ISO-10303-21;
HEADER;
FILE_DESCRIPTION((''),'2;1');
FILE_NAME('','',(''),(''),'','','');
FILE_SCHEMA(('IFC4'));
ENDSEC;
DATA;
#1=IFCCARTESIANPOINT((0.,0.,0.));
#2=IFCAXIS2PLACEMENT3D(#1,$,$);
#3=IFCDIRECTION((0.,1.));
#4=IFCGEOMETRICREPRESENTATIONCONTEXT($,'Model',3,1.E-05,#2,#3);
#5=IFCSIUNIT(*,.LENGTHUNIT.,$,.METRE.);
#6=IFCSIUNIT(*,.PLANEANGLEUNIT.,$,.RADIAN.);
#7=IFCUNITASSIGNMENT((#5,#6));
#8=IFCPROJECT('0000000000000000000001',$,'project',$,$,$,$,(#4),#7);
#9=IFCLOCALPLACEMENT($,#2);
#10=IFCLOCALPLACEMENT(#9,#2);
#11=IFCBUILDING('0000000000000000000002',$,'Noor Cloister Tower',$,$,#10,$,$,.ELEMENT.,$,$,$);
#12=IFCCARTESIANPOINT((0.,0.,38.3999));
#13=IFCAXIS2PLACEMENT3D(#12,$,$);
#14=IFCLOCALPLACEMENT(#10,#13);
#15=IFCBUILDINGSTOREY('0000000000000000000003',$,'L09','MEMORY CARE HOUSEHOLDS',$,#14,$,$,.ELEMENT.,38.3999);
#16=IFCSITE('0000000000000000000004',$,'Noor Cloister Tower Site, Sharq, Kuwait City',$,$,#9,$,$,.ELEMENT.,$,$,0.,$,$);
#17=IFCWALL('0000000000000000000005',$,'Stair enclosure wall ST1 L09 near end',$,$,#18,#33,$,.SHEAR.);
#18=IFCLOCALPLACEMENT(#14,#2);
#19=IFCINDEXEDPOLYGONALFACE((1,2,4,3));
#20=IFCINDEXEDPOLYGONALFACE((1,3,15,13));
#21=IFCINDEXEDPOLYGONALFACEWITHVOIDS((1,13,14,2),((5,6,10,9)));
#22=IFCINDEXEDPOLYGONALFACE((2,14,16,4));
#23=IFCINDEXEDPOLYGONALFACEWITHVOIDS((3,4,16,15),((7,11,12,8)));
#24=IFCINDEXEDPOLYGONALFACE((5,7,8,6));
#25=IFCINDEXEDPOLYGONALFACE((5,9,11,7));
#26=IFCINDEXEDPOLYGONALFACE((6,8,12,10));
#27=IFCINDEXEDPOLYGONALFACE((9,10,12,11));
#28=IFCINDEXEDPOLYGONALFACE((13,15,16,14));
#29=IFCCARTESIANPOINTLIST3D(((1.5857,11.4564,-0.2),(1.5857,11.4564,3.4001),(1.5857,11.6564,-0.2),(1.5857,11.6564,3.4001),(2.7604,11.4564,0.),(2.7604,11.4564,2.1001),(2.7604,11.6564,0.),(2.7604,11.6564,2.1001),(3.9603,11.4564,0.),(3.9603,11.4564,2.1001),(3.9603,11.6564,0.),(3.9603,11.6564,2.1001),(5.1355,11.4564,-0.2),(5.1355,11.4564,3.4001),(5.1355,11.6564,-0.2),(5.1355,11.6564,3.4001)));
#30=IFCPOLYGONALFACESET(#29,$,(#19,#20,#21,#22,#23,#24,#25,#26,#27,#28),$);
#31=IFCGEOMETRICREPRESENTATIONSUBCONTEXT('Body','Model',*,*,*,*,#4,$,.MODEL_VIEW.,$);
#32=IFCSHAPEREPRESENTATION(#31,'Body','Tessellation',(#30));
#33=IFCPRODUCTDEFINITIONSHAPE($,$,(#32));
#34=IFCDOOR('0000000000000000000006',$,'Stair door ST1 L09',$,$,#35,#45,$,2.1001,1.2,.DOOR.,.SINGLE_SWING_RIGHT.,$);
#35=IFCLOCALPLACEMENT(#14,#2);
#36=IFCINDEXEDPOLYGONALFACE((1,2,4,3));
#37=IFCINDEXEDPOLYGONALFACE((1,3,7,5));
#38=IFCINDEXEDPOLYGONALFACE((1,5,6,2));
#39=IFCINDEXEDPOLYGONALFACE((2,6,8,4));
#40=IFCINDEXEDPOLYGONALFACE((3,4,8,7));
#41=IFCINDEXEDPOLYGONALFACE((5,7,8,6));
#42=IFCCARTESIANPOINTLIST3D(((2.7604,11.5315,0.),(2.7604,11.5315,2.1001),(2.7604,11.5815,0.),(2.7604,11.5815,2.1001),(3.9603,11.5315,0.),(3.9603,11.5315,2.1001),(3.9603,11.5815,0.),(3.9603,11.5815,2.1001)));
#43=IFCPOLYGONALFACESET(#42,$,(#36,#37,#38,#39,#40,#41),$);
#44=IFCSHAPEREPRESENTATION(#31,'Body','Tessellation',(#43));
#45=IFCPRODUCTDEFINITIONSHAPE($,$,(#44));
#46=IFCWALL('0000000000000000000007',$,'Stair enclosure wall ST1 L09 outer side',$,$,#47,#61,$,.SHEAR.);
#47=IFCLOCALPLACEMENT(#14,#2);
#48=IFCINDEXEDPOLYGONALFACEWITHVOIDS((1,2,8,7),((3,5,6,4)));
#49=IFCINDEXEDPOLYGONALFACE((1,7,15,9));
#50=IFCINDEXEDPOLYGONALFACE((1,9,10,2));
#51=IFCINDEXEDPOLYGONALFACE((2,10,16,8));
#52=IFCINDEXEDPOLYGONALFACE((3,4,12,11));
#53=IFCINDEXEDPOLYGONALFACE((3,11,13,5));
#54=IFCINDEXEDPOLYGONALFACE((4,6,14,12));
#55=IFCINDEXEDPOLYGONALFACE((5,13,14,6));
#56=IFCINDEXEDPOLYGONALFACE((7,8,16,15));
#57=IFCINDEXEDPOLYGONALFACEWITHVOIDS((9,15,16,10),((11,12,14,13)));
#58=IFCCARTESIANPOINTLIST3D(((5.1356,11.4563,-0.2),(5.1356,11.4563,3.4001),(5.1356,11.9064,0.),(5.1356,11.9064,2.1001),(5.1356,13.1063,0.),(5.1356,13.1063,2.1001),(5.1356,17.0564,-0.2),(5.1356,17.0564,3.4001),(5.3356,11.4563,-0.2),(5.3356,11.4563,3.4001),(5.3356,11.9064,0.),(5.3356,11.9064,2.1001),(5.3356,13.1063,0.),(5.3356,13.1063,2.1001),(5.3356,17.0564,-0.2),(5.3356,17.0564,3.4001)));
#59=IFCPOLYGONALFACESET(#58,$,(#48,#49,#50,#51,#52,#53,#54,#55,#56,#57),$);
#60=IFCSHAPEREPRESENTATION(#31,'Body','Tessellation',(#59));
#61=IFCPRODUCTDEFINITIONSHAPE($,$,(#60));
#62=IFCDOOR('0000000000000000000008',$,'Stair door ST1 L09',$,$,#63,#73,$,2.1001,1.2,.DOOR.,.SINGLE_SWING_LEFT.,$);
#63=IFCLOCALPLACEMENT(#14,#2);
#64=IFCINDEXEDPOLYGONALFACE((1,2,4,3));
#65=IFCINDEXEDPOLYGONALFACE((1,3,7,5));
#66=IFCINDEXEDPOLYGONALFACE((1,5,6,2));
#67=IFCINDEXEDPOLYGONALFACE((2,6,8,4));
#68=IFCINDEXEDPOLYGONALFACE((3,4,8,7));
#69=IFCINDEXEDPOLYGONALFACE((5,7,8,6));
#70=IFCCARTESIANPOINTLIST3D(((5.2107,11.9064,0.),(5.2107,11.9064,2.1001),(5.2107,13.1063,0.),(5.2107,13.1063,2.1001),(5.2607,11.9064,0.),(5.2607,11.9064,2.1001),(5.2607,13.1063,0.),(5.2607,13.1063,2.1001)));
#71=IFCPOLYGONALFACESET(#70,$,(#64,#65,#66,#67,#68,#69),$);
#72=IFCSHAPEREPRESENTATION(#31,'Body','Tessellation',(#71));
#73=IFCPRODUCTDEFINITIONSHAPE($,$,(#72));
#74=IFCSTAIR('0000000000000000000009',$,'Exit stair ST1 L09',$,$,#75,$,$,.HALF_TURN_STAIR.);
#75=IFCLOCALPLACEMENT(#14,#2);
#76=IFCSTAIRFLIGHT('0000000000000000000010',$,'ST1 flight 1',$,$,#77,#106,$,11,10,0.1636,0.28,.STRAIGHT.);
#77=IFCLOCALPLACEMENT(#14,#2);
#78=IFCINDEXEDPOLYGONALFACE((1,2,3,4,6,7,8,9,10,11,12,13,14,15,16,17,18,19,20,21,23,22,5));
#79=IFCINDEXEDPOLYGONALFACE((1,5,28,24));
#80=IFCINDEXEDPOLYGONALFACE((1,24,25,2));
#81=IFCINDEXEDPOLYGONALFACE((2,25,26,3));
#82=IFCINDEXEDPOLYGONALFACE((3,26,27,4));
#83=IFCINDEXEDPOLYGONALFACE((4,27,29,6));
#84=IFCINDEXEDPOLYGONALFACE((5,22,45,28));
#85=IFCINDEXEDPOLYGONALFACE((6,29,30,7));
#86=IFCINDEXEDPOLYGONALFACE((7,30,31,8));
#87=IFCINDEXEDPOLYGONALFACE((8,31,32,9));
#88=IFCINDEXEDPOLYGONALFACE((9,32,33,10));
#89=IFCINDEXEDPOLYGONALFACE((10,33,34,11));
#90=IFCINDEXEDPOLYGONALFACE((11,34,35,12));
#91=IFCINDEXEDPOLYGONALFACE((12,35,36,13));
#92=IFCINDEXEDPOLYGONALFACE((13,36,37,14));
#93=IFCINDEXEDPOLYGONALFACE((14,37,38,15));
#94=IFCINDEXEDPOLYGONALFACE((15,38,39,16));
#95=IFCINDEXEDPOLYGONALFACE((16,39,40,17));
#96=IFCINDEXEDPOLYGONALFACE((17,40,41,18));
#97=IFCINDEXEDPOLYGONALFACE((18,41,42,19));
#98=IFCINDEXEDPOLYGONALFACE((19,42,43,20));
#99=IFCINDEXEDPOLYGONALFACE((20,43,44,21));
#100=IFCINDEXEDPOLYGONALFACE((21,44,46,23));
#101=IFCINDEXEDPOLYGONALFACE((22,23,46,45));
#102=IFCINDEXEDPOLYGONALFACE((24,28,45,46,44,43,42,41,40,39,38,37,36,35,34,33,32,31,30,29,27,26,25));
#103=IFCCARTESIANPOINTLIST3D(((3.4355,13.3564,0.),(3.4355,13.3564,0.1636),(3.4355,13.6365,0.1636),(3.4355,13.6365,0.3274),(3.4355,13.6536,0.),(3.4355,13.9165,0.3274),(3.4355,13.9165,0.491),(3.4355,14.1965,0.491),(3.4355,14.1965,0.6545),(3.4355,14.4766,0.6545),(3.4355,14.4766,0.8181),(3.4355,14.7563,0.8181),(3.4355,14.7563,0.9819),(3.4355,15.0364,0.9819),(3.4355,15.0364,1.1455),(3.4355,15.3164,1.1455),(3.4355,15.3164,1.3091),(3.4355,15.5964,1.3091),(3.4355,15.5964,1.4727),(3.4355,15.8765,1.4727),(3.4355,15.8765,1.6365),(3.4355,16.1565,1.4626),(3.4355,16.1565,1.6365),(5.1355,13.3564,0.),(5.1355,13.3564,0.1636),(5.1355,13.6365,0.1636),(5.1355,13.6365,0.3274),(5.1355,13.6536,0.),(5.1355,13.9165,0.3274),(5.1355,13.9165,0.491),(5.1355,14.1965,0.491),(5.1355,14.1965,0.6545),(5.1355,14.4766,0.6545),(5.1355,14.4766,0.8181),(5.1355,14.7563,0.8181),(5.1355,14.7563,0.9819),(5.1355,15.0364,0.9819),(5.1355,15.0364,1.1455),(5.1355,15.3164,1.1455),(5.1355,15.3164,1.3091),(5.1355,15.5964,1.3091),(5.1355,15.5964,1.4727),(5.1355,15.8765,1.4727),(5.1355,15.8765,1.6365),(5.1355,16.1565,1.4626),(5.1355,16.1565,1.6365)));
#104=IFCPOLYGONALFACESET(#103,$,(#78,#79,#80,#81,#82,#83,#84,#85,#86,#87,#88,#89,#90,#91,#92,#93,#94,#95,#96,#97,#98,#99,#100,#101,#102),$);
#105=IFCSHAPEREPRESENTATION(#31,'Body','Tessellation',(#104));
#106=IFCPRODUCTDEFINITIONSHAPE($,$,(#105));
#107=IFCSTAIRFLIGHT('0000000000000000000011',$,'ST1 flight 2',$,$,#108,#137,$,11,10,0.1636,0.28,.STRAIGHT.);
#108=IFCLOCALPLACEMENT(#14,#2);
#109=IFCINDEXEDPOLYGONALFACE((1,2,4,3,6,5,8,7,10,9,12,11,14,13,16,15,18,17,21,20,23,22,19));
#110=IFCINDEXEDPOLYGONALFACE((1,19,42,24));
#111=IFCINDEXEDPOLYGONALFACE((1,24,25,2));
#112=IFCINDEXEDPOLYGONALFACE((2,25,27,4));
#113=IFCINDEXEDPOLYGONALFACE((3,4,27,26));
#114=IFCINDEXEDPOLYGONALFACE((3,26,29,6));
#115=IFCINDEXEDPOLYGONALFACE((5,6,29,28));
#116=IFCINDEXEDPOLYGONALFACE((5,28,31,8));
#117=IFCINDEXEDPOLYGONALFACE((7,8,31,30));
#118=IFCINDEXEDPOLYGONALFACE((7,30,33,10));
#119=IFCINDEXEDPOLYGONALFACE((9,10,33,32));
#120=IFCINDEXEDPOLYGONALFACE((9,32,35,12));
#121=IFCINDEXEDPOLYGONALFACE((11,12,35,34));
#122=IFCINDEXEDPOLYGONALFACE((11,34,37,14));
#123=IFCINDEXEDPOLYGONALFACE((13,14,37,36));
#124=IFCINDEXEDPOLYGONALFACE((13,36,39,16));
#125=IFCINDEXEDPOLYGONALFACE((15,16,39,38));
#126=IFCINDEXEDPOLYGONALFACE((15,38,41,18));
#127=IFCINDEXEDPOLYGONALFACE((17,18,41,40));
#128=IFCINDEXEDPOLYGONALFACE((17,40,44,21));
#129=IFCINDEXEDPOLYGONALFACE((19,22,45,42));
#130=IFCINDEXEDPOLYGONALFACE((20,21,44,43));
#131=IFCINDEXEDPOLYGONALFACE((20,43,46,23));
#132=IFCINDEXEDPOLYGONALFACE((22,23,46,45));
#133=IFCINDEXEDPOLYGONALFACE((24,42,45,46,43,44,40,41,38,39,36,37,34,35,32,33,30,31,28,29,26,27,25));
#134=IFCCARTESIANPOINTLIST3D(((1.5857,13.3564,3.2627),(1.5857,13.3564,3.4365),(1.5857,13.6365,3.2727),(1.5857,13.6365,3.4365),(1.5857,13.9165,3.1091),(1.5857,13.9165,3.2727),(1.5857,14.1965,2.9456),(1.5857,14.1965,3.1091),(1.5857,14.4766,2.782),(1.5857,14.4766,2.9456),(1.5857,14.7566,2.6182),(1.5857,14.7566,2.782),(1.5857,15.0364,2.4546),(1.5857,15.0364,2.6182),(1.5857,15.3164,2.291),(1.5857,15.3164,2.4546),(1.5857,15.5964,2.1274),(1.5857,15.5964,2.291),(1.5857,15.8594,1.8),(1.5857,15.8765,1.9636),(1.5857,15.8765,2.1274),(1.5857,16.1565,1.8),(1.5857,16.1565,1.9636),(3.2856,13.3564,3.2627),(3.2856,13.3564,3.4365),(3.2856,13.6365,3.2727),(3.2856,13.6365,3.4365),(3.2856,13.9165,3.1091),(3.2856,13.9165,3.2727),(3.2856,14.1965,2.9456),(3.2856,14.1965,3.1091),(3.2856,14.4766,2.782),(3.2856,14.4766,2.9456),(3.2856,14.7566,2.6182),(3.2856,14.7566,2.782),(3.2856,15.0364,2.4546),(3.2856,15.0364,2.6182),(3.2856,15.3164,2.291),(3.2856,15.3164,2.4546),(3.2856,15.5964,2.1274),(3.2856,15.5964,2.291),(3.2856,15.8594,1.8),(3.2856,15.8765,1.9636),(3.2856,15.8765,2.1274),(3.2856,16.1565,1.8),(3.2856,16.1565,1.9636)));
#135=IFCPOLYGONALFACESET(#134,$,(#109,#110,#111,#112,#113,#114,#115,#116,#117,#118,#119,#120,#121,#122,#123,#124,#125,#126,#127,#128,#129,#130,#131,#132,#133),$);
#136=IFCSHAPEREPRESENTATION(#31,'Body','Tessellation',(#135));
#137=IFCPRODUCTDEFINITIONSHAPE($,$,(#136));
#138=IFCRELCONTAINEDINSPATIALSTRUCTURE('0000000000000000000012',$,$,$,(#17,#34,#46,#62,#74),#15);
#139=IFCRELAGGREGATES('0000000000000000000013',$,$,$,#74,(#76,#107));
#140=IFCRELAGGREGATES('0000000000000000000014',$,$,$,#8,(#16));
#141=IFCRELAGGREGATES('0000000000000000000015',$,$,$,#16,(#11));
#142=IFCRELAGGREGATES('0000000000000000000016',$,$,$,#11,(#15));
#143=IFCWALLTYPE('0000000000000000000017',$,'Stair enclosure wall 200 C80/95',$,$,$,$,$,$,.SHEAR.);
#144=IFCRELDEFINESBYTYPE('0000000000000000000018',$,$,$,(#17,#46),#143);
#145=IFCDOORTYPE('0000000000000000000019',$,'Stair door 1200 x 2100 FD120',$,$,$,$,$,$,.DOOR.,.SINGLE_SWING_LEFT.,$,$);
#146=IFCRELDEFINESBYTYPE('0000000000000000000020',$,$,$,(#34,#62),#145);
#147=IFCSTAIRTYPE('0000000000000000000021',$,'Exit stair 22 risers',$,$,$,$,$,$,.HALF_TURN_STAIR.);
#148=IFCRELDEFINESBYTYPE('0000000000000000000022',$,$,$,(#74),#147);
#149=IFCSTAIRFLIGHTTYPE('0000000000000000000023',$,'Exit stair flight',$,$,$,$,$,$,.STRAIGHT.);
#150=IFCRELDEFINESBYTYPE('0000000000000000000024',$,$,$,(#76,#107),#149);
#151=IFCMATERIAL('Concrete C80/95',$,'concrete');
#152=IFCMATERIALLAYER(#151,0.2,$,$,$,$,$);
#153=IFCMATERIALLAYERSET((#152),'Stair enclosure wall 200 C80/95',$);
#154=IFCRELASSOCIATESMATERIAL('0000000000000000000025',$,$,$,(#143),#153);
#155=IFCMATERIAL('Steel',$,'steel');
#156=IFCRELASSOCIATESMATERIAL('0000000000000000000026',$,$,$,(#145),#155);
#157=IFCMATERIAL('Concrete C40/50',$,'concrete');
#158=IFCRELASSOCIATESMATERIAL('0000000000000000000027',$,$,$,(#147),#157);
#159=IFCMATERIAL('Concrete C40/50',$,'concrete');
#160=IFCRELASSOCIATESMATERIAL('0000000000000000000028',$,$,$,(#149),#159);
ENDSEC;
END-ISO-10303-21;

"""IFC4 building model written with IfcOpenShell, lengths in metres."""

from ifc_helpers import new_model, si_unit, direction, frame, frame_2d, origin, place, context, subcontext, project, spatial, polyline, rectangle, outline, extrude, material, layer, layer_set, type_object, element, fill, aggregate, save


model = new_model("IFC4")

# Units and contexts
model_context = context("Model", 3, precision=1e-05, world=origin(), true_north=direction((0.0, 1.0)))
body_context = subcontext(model_context, "Body", "Model", "MODEL_VIEW")
ifc_project = project(units=[si_unit("LENGTHUNIT", "METRE"), si_unit("PLANEANGLEUNIT", "RADIAN")], contexts=[model_context])

# Site, building, storey
site_placement = place(None, origin())
site = spatial("IfcSite", under=ifc_project, at=site_placement, Name="Noor Cloister Tower Site, Sharq, Kuwait City", CompositionType="ELEMENT", RefElevation=0.0)
building_placement = place(site_placement, origin())
building = spatial("IfcBuilding", under=site, at=building_placement, Name="Noor Cloister Tower", CompositionType="ELEMENT")
storey_placement = place(building_placement, frame((0.0, 0.0, 38.3999)))
storey = spatial("IfcBuildingStorey", under=building, at=storey_placement, Name="L09", Description="MEMORY CARE HOUSEHOLDS", CompositionType="ELEMENT", Elevation=38.3999)

# Walls, openings, doors
ifc_material_1 = material(Name="Concrete C80/95", Category="concrete")
ifc_layer_1 = layer(ifc_material_1, 0.2)
ifc_layer_set_1 = layer_set([ifc_layer_1], Name="Stair enclosure wall 200 C80/95")
wall_type_1 = type_object("IfcWallType", Name="Stair enclosure wall 200 C80/95", PredefinedType="SHEAR", material=ifc_layer_set_1)
wall_1_placement = place(storey_placement, frame((5.1355, 11.5564, -0.2), z_axis=(0.0, 0.0, 1.0), x_axis=(-1.0, 0.0, 0.0)))
wall_1 = element("IfcWall", 1, at=wall_1_placement, inside=storey, type_object=wall_type_1, Name="Stair enclosure wall ST1 L09 near end", PredefinedType="SHEAR", context=body_context, shape_type="SweptSolid", body=[
    extrude(rectangle(XDim=3.5498, YDim=0.2, at=frame_2d((1.7749, 0.0))), origin(), (0.0, 0.0, 1.0), 3.6001),
])
opening_1_placement = place(wall_1_placement, frame((1.175, 0.0, 0.2)))
opening_1 = element("IfcOpeningElement", 2, at=opening_1_placement, cuts=wall_1, PredefinedType="OPENING", context=body_context, shape_type="SweptSolid", body=[
    extrude(rectangle(XDim=1.2, YDim=2.1001, at=frame_2d((0.6001, 1.05))), frame((0.0, 0.1099, 0.0), z_axis=(0.0, -1.0, 0.0), x_axis=(1.0, 0.0, 0.0)), (0.0, 0.0, 1.0), 0.22),
])
ifc_material_2 = material(Name="Steel", Category="steel")
door_type_1 = type_object("IfcDoorType", Name="Stair door 1200 x 2100 FD120", OperationType="SINGLE_SWING_LEFT", PredefinedType="DOOR", material=ifc_material_2)
door_1_placement = place(opening_1_placement, origin())
door_1 = element("IfcDoor", 3, at=door_1_placement, inside=storey, type_object=door_type_1, Name="Stair door ST1 L09", OperationType="SINGLE_SWING_RIGHT", OverallHeight=2.1001, OverallWidth=1.2, PredefinedType="DOOR", context=body_context, shape_type="SweptSolid", body=[
    extrude(rectangle(XDim=1.2, YDim=2.1001, at=frame_2d((0.6001, 1.05))), frame((0.0, 0.0249, 0.0), z_axis=(0.0, -1.0, 0.0), x_axis=(1.0, 0.0, 0.0)), (0.0, 0.0, 1.0), 0.05),
])
fill(opening_1, door_1)
wall_2_placement = place(storey_placement, frame((5.2356, 11.4563, -0.2), z_axis=(0.0, 0.0, 1.0), x_axis=(0.0, 1.0, 0.0)))
wall_2 = element("IfcWall", 4, at=wall_2_placement, inside=storey, type_object=wall_type_1, Name="Stair enclosure wall ST1 L09 outer side", PredefinedType="SHEAR", context=body_context, shape_type="SweptSolid", body=[
    extrude(rectangle(XDim=5.6001, YDim=0.2, at=frame_2d((2.8, 0.0))), origin(), (0.0, 0.0, 1.0), 3.6001),
])
opening_2_placement = place(wall_2_placement, frame((0.45, 0.0, 0.2)))
opening_2 = element("IfcOpeningElement", 5, at=opening_2_placement, cuts=wall_2, PredefinedType="OPENING", context=body_context, shape_type="SweptSolid", body=[
    extrude(rectangle(XDim=1.2, YDim=2.1001, at=frame_2d((0.6001, 1.05))), frame((0.0, 0.1099, 0.0), z_axis=(0.0, -1.0, 0.0), x_axis=(1.0, 0.0, 0.0)), (0.0, 0.0, 1.0), 0.22),
])
door_2_placement = place(opening_2_placement, origin())
door_2 = element("IfcDoor", 6, at=door_2_placement, inside=storey, type_object=door_type_1, Name="Stair door ST1 L09", OperationType="SINGLE_SWING_LEFT", OverallHeight=2.1001, OverallWidth=1.2, PredefinedType="DOOR", context=body_context, shape_type="SweptSolid", body=[
    extrude(rectangle(XDim=1.2, YDim=2.1001, at=frame_2d((0.6001, 1.05))), frame((0.0, 0.0249, 0.0), z_axis=(0.0, -1.0, 0.0), x_axis=(1.0, 0.0, 0.0)), (0.0, 0.0, 1.0), 0.05),
])
fill(opening_2, door_2)

# Stair, stair flights
ifc_material_3 = material(Name="Concrete C40/50", Category="concrete")
stair_type = type_object("IfcStairType", Name="Exit stair 22 risers", PredefinedType="HALF_TURN_STAIR", material=ifc_material_3)
stair_placement = place(storey_placement, origin())
stair = element("IfcStair", 7, at=stair_placement, inside=storey, type_object=stair_type, Name="Exit stair ST1 L09", PredefinedType="HALF_TURN_STAIR")
ifc_material_4 = material(Name="Concrete C40/50", Category="concrete")
stair_flight_type = type_object("IfcStairFlightType", Name="Exit stair flight", PredefinedType="STRAIGHT", material=ifc_material_4)
stair_flight_1_placement = place(storey_placement, frame((4.2856, 13.3564, 0.0), z_axis=(0.0, 0.0, 1.0), x_axis=(0.0, 1.0, 0.0)))
stair_flight_1 = element("IfcStairFlight", 8, at=stair_flight_1_placement, type_object=stair_flight_type, Name="ST1 flight 1", NumberOfRisers=11, NumberOfTreads=10, PredefinedType="STRAIGHT", RiserHeight=0.1636, TreadLength=0.28, context=body_context, shape_type="SweptSolid", body=[
    extrude(outline(polyline([(0.0, 0.0), (0.0, 0.1636), (0.28, 0.1636), (0.28, 0.3274), (0.5601, 0.3274), (0.5601, 0.491), (0.8401, 0.491), (0.8401, 0.6545), (1.1201, 0.6545), (1.1201, 0.8181), (1.3999, 0.8181), (1.3999, 0.9819), (1.6799, 0.9819), (1.6799, 1.1455), (1.96, 1.1455), (1.96, 1.3091), (2.24, 1.3091), (2.24, 1.4727), (2.52, 1.4727), (2.52, 1.6365), (2.8, 1.6365), (2.8, 1.8), (2.8, 1.4626), (0.2971, 0.0), (0.0, 0.0)])), frame((0.0, 0.8501, 0.0), z_axis=(0.0, -1.0, 0.0), x_axis=(1.0, 0.0, 0.0)), (0.0, 0.0, 1.0), 1.7),
])
stair_flight_2_placement = place(storey_placement, frame((2.4355, 16.1565, 1.8), z_axis=(0.0, 0.0, 1.0), x_axis=(0.0, -1.0, 0.0)))
stair_flight_2 = element("IfcStairFlight", 9, at=stair_flight_2_placement, type_object=stair_flight_type, Name="ST1 flight 2", NumberOfRisers=11, NumberOfTreads=10, PredefinedType="STRAIGHT", RiserHeight=0.1636, TreadLength=0.28, context=body_context, shape_type="SweptSolid", body=[
    extrude(outline(polyline([(0.0, 0.0), (0.0, 0.1636), (0.28, 0.1636), (0.28, 0.3274), (0.5601, 0.3274), (0.5601, 0.491), (0.8401, 0.491), (0.8401, 0.6545), (1.1201, 0.6545), (1.1201, 0.8181), (1.3999, 0.8181), (1.3999, 0.9819), (1.6799, 0.9819), (1.6799, 1.1455), (1.96, 1.1455), (1.96, 1.3091), (2.24, 1.3091), (2.24, 1.4727), (2.52, 1.4727), (2.52, 1.6365), (2.8, 1.6365), (2.8, 1.8), (2.8, 1.4626), (0.2971, 0.0), (0.0, 0.0)])), frame((0.0, 0.8501, 0.0), z_axis=(0.0, -1.0, 0.0), x_axis=(1.0, 0.0, 0.0)), (0.0, 0.0, 1.0), 1.7),
])
aggregate(stair, [stair_flight_1, stair_flight_2])

save(model, "model.ifc")
